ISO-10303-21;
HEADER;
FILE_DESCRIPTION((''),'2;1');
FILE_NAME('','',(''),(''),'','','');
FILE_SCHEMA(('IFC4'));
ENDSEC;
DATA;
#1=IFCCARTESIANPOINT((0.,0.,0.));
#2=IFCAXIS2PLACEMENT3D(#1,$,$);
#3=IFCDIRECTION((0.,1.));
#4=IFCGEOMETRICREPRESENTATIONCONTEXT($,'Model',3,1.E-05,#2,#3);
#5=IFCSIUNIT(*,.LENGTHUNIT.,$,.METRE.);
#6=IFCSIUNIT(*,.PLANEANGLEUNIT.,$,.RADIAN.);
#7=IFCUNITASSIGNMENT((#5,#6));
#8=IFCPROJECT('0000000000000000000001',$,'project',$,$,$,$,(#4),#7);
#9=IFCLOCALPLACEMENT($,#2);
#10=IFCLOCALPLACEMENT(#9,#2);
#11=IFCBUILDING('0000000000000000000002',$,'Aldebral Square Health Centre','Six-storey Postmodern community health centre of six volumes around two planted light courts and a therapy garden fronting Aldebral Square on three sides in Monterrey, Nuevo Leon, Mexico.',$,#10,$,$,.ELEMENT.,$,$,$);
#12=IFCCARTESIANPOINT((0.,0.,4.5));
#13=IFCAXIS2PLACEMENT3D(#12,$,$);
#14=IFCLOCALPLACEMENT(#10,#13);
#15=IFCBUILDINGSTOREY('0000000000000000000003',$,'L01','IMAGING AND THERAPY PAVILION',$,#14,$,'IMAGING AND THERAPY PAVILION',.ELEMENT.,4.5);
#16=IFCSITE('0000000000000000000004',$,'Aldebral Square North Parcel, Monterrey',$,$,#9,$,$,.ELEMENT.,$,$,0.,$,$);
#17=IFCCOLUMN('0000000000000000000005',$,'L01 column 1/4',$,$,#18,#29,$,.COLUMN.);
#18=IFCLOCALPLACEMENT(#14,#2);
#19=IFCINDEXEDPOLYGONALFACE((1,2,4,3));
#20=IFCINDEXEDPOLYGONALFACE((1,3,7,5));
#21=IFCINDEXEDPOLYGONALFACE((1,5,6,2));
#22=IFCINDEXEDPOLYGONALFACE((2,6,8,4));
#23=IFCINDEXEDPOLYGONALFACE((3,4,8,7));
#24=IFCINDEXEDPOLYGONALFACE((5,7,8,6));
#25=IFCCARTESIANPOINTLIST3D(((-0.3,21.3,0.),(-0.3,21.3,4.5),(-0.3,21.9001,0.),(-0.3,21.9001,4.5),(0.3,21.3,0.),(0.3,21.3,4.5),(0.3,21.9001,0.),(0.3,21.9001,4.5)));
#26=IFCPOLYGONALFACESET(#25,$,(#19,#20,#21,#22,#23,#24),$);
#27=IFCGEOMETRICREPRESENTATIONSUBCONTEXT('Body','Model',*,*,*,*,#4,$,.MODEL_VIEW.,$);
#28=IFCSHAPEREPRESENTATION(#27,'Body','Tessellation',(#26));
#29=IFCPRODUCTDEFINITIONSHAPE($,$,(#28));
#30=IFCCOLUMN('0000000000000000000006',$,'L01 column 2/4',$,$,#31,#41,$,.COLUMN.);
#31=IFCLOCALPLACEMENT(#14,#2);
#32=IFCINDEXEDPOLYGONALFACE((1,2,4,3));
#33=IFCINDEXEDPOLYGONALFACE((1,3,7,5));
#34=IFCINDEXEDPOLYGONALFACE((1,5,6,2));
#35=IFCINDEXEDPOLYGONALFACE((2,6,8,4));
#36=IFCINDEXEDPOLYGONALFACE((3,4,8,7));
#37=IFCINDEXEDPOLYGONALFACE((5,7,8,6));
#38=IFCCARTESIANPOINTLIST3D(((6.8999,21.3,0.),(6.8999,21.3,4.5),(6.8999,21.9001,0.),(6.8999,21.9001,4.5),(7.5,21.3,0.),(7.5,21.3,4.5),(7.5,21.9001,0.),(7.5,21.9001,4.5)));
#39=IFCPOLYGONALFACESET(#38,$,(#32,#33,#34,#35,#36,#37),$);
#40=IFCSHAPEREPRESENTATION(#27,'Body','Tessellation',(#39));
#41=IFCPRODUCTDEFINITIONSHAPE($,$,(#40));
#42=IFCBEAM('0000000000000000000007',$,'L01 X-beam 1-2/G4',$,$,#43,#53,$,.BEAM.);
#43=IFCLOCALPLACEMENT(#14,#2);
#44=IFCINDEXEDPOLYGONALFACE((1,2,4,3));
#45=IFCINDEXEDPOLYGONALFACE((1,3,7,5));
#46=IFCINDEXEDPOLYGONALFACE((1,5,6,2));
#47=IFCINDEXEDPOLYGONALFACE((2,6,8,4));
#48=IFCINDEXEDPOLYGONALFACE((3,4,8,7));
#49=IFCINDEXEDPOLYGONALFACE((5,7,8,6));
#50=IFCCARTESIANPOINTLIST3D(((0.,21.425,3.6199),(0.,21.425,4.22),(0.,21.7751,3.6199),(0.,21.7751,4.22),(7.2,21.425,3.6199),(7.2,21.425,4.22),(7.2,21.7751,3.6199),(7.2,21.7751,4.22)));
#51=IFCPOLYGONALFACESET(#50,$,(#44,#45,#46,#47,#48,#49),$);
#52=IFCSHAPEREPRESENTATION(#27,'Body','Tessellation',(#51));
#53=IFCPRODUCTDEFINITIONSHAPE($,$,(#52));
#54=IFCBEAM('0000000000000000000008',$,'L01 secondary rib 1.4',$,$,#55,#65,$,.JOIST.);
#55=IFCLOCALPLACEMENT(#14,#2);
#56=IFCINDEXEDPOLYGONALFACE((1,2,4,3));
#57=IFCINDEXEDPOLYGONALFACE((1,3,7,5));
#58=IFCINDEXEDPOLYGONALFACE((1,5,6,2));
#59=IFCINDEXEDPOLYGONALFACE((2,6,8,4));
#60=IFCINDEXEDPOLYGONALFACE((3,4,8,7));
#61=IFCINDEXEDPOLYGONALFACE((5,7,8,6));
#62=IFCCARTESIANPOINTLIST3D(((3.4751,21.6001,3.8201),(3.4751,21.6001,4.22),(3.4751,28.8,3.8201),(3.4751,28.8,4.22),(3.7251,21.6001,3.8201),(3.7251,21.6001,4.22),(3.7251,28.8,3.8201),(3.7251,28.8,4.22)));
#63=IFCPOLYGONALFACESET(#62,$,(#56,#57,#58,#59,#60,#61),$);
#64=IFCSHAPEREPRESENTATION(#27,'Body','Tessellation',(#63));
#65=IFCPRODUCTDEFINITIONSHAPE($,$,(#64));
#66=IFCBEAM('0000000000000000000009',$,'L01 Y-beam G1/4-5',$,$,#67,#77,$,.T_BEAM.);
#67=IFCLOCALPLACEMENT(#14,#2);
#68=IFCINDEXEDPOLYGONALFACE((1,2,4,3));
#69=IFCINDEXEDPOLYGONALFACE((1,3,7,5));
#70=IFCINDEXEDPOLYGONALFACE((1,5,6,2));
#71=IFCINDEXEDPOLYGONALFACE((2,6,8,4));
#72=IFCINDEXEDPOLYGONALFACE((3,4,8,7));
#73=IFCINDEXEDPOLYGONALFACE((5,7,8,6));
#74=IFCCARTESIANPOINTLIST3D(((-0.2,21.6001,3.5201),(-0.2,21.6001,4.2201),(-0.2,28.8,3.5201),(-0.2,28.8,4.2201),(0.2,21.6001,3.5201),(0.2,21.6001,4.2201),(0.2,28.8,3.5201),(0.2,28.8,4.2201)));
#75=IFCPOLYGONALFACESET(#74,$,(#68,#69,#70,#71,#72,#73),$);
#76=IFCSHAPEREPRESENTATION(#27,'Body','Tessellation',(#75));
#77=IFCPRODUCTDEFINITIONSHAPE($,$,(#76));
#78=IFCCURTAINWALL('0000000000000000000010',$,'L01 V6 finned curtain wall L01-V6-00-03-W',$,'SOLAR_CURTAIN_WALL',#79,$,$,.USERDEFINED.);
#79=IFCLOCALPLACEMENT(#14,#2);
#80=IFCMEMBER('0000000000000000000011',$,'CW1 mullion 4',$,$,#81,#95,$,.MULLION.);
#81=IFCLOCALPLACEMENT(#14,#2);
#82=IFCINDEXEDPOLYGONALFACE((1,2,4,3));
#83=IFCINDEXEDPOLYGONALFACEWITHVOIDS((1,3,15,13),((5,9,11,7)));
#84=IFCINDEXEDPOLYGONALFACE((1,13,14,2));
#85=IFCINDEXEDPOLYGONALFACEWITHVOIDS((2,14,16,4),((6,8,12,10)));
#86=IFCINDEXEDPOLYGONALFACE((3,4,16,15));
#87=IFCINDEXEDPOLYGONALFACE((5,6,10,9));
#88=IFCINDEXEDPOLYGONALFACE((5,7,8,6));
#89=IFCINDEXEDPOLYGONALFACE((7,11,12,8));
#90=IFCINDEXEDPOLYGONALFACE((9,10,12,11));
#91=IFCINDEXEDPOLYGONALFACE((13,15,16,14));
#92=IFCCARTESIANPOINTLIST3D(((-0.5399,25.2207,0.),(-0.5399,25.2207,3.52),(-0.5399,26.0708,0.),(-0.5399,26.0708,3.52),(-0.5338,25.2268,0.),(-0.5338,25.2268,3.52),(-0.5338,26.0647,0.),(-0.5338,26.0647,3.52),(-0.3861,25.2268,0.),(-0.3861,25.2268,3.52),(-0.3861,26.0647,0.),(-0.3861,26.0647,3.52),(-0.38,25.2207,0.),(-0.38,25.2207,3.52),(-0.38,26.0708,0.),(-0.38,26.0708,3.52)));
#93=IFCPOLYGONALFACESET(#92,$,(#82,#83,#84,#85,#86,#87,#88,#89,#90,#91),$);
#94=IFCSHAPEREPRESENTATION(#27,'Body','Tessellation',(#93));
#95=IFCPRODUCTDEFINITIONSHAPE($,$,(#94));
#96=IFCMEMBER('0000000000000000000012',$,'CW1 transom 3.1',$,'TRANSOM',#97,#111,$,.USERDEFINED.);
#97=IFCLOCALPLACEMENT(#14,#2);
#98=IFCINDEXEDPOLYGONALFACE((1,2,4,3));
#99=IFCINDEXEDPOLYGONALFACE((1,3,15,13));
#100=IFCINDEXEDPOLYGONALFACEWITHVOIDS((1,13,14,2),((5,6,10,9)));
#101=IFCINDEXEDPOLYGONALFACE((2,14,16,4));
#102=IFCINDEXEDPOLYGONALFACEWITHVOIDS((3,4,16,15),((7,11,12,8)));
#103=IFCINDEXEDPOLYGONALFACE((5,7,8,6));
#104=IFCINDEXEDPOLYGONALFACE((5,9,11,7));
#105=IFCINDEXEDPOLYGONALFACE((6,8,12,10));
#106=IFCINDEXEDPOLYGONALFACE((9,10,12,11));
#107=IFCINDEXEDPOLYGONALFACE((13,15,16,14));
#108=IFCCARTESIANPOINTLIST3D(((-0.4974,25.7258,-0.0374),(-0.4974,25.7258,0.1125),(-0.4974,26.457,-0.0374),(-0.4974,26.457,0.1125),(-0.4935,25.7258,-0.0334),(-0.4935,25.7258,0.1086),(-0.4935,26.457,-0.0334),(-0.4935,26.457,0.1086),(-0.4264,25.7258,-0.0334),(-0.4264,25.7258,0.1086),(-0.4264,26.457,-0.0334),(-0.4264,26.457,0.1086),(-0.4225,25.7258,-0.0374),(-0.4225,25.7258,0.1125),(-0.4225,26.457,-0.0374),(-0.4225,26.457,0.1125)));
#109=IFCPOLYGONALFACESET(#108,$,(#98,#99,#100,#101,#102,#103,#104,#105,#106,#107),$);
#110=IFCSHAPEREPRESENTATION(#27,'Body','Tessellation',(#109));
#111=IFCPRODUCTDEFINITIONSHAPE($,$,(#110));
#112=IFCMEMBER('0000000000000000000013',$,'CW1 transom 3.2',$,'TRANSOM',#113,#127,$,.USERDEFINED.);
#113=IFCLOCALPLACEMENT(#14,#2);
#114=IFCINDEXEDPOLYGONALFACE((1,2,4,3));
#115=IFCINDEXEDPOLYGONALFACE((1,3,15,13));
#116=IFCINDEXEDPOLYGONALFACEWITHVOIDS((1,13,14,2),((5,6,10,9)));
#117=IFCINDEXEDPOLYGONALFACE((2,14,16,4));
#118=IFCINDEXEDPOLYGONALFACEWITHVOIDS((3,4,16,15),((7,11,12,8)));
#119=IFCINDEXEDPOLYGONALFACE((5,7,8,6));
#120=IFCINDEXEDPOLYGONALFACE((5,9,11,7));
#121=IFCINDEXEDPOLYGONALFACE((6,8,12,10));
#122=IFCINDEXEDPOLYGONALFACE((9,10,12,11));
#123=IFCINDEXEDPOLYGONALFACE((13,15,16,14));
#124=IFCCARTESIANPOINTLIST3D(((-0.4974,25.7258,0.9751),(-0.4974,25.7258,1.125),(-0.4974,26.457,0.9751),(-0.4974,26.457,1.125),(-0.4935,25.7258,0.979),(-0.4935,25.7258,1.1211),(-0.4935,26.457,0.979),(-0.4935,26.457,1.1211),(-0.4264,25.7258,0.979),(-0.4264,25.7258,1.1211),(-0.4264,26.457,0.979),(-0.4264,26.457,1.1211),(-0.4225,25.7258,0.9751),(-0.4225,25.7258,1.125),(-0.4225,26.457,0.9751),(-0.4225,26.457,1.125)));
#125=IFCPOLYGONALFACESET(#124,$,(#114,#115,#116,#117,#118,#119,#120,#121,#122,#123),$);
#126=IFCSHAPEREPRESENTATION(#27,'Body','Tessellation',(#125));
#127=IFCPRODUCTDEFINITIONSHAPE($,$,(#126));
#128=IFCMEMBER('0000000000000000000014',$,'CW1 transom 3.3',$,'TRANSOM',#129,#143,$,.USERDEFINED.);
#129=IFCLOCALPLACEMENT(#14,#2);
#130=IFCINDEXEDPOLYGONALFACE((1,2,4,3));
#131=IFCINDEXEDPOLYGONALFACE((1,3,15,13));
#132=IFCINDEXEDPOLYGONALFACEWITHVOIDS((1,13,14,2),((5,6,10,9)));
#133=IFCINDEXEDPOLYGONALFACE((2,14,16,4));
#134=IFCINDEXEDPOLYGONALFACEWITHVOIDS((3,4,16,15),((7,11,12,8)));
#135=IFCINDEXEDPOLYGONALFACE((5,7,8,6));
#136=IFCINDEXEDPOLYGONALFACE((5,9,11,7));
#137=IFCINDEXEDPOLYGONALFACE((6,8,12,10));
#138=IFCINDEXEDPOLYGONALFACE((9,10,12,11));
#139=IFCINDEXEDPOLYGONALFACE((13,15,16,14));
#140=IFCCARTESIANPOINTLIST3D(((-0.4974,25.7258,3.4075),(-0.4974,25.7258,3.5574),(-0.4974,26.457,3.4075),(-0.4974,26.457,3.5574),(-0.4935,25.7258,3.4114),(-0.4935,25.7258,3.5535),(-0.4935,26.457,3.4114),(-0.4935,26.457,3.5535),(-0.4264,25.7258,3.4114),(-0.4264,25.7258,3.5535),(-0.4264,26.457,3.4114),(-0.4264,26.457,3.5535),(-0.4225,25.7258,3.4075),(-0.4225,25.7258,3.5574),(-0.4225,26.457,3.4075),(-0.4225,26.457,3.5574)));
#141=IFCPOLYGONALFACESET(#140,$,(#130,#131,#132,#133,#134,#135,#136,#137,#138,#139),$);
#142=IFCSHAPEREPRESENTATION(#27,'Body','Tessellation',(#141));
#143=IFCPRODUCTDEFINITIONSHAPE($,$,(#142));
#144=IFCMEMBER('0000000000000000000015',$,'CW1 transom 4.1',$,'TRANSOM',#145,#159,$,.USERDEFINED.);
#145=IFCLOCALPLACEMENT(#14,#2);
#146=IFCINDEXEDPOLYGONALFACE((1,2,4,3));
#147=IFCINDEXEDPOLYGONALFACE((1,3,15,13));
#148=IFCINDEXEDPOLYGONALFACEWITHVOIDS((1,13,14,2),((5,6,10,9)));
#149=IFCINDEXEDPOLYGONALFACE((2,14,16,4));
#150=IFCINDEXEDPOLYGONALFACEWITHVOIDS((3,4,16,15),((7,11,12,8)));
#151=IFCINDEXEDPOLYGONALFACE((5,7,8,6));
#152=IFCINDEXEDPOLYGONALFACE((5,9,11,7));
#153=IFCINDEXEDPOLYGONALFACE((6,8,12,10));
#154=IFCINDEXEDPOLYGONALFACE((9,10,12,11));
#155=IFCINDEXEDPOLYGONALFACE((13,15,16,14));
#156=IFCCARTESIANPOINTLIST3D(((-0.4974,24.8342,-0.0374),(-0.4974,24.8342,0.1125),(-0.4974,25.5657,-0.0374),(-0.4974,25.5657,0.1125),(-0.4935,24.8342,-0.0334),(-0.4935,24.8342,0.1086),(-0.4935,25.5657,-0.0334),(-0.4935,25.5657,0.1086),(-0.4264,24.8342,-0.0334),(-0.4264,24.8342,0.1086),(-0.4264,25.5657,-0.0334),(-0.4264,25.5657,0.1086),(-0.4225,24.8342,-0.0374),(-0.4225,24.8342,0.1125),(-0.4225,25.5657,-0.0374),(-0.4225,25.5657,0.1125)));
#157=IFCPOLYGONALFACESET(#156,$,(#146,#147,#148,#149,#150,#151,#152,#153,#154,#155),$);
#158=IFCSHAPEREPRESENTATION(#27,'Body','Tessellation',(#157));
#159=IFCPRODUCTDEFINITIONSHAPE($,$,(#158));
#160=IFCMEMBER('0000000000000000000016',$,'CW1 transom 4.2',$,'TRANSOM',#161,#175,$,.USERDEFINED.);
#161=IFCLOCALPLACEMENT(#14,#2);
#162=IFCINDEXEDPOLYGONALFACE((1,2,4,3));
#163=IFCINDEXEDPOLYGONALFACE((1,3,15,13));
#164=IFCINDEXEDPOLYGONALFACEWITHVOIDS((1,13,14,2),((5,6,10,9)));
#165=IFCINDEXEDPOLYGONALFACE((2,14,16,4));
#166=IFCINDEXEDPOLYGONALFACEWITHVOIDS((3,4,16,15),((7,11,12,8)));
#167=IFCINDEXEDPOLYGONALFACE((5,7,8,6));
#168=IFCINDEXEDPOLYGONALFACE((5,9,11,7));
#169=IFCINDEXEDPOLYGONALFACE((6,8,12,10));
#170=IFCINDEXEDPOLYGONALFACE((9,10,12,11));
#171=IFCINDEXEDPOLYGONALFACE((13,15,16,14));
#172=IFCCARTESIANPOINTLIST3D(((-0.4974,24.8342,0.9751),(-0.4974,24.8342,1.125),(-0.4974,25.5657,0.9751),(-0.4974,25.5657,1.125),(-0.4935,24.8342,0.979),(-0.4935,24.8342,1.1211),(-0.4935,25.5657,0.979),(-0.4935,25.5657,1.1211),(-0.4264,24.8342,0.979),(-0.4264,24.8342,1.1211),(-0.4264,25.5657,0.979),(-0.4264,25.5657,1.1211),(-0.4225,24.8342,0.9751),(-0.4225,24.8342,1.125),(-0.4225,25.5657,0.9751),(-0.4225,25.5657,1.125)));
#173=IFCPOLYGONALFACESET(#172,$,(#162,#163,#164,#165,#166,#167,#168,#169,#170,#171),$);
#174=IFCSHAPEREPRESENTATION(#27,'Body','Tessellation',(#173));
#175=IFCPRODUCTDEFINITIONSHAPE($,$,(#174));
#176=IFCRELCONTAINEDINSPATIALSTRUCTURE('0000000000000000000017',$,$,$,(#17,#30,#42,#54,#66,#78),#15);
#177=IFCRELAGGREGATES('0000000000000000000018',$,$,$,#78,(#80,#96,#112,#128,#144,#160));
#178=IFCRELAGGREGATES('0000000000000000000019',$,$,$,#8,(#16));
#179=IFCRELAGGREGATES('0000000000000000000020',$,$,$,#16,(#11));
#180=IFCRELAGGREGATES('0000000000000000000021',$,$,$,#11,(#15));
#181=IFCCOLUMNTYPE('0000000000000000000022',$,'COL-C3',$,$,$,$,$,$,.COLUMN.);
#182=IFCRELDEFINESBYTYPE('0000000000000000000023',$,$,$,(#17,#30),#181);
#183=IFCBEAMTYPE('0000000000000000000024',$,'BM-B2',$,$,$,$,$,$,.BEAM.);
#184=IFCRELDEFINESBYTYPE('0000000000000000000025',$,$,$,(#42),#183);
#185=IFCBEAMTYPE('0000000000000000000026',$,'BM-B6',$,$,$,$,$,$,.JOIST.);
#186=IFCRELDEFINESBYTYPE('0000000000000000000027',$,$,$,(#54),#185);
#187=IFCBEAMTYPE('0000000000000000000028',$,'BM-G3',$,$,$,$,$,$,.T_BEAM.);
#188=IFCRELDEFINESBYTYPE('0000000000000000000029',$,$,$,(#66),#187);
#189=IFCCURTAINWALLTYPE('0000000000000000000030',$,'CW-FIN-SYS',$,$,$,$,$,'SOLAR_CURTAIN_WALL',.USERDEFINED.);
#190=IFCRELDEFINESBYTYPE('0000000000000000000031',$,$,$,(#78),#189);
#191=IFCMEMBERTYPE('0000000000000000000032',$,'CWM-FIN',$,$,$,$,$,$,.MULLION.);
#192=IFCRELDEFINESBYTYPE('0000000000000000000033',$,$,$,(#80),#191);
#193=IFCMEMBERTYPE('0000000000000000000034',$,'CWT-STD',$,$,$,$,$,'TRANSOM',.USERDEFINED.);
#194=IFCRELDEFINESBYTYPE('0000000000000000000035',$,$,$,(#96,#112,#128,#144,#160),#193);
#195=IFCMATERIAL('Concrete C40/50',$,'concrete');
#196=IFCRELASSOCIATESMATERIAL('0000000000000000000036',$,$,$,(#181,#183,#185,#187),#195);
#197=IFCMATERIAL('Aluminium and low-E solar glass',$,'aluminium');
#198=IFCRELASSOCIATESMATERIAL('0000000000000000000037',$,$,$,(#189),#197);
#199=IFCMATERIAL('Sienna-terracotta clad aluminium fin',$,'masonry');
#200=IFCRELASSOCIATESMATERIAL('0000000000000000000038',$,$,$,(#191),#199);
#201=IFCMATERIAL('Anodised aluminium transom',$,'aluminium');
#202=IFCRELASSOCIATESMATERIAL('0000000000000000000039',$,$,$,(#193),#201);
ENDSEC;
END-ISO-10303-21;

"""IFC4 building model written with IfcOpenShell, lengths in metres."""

from ifc_helpers import new_model, si_unit, direction, frame, origin, origin_2d, place, context, subcontext, project, spatial, rectangle, hollow_rectangle, extrude, material, material_profile, profile_set, type_object, element, aggregate, save


model = new_model("IFC4")

# Units and contexts
model_context = context("Model", 3, precision=1e-05, world=origin(), true_north=direction((0.0, 1.0)))
body_context = subcontext(model_context, "Body", "Model", "MODEL_VIEW")
ifc_project = project(units=[si_unit("LENGTHUNIT", "METRE"), si_unit("PLANEANGLEUNIT", "RADIAN")], contexts=[model_context])

# Site, building, storey
site_placement = place(None, origin())
site = spatial("IfcSite", under=ifc_project, at=site_placement, Name="Aldebral Square North Parcel, Monterrey", CompositionType="ELEMENT", RefElevation=0.0)
building_placement = place(site_placement, origin())
building = spatial("IfcBuilding", under=site, at=building_placement, Name="Aldebral Square Health Centre", Description="Six-storey Postmodern community health centre of six volumes around two planted light courts and a therapy garden fronting Aldebral Square on three sides in Monterrey, Nuevo Leon, Mexico.", CompositionType="ELEMENT")
storey_placement = place(building_placement, frame((0.0, 0.0, 4.5)))
storey = spatial("IfcBuildingStorey", under=building, at=storey_placement, Name="L01", Description="IMAGING AND THERAPY PAVILION", LongName="IMAGING AND THERAPY PAVILION", CompositionType="ELEMENT", Elevation=4.5)

# Columns
ifc_material_1 = material(Name="Concrete C40/50", Category="concrete")
ifc_material_profile_1 = material_profile(ifc_material_1, rectangle(XDim=0.6001, YDim=0.6001, at=origin_2d()), Name="RC 600x600")
ifc_profile_set_1 = profile_set([ifc_material_profile_1], Name="Concrete C40/50")
column_type = type_object("IfcColumnType", Name="COL-C3", PredefinedType="COLUMN", material=ifc_profile_set_1)
for number, where, z_axis, x_axis, name in (
    (1, (0.0, 21.6001, 0.0), (0.0, 0.0, 1.0), (1.0, 0.0, 0.0), "L01 column 1/4"),
    (2, (7.2, 21.6001, 0.0), (0.0, 0.0, 1.0), (1.0, 0.0, 0.0), "L01 column 2/4"),
):
    element("IfcColumn", number, at=place(storey_placement, frame(where, z_axis=z_axis, x_axis=x_axis)), inside=storey, type_object=column_type, Name=name, PredefinedType="COLUMN", context=body_context, shape_type="SweptSolid", body=[
        extrude(rectangle(XDim=0.6001, YDim=0.6001, at=origin_2d()), origin(), (0.0, 0.0, 1.0), 4.5),
    ])

# Beams
ifc_material_profile_2 = material_profile(ifc_material_1, rectangle(XDim=0.3501, YDim=0.6001, at=origin_2d()), Name="RC 350x600")
ifc_profile_set_2 = profile_set([ifc_material_profile_2], Name="Concrete C40/50")
beam_type_1 = type_object("IfcBeamType", Name="BM-B2", PredefinedType="BEAM", material=ifc_profile_set_2)
beam_1_placement = place(storey_placement, frame((0.0, 21.6001, 3.9199), z_axis=(1.0, 0.0, 0.0), x_axis=(0.0, 1.0, 0.0)))
element("IfcBeam", 3, at=beam_1_placement, inside=storey, type_object=beam_type_1, Name="L01 X-beam 1-2/G4", PredefinedType="BEAM", context=body_context, shape_type="SweptSolid", body=[
    extrude(rectangle(XDim=0.3501, YDim=0.6001, at=origin_2d()), origin(), (0.0, 0.0, 1.0), 7.2),
])
ifc_material_profile_3 = material_profile(ifc_material_1, rectangle(XDim=0.25, YDim=0.3999, at=origin_2d()), Name="RC 250x400")
ifc_profile_set_3 = profile_set([ifc_material_profile_3], Name="Concrete C40/50")
beam_type_2 = type_object("IfcBeamType", Name="BM-B6", PredefinedType="JOIST", material=ifc_profile_set_3)
beam_2_placement = place(storey_placement, frame((3.6001, 21.6001, 4.02), z_axis=(0.0, 1.0, 0.0), x_axis=(-1.0, 0.0, 0.0)))
element("IfcBeam", 4, at=beam_2_placement, inside=storey, type_object=beam_type_2, Name="L01 secondary rib 1.4", PredefinedType="JOIST", context=body_context, shape_type="SweptSolid", body=[
    extrude(rectangle(XDim=0.25, YDim=0.3999, at=origin_2d()), origin(), (0.0, 0.0, 1.0), 7.2),
])
ifc_material_profile_4 = material_profile(ifc_material_1, rectangle(XDim=0.3999, YDim=0.7, at=origin_2d()), Name="RC 400x700")
ifc_profile_set_4 = profile_set([ifc_material_profile_4], Name="Concrete C40/50")
beam_type_3 = type_object("IfcBeamType", Name="BM-G3", PredefinedType="T_BEAM", material=ifc_profile_set_4)
beam_3_placement = place(storey_placement, frame((0.0, 21.6001, 3.8701), z_axis=(0.0, 1.0, 0.0), x_axis=(-1.0, 0.0, 0.0)))
element("IfcBeam", 5, at=beam_3_placement, inside=storey, type_object=beam_type_3, Name="L01 Y-beam G1/4-5", PredefinedType="T_BEAM", context=body_context, shape_type="SweptSolid", body=[
    extrude(rectangle(XDim=0.3999, YDim=0.7, at=origin_2d()), origin(), (0.0, 0.0, 1.0), 7.2),
])

# Curtain wall, members
ifc_material_2 = material(Name="Aluminium and low-E solar glass", Category="aluminium")
curtain_wall_type = type_object("IfcCurtainWallType", Name="CW-FIN-SYS", ElementType="SOLAR_CURTAIN_WALL", PredefinedType="USERDEFINED", material=ifc_material_2)
curtain_wall_placement = place(storey_placement, origin())
curtain_wall = element("IfcCurtainWall", 6, at=curtain_wall_placement, inside=storey, type_object=curtain_wall_type, Name="L01 V6 finned curtain wall L01-V6-00-03-W", ObjectType="SOLAR_CURTAIN_WALL", PredefinedType="USERDEFINED")
ifc_material_3 = material(Name="Sienna-terracotta clad aluminium fin", Category="masonry")
ifc_material_profile_5 = material_profile(ifc_material_3, hollow_rectangle(XDim=0.1599, YDim=0.8501, WallThickness=0.0061, at=origin_2d()), Name="FIN 160x850x6")
ifc_profile_set_5 = profile_set([ifc_material_profile_5], Name="Sienna-terracotta clad aluminium fin")
member_type_1 = type_object("IfcMemberType", Name="CWM-FIN", PredefinedType="MULLION", material=ifc_profile_set_5)
member_1_placement = place(storey_placement, frame((-0.46, 25.6458, 0.0), z_axis=(0.0, 0.0, 1.0), x_axis=(1.0, 0.0, 0.0)))
member_1 = element("IfcMember", 7, at=member_1_placement, type_object=member_type_1, Name="CW1 mullion 4", PredefinedType="MULLION", context=body_context, shape_type="SweptSolid", body=[
    extrude(hollow_rectangle(XDim=0.1599, YDim=0.8501, WallThickness=0.0061, at=origin_2d()), origin(), (0.0, 0.0, 1.0), 3.52),
])
ifc_material_4 = material(Name="Anodised aluminium transom", Category="aluminium")
ifc_material_profile_6 = material_profile(ifc_material_4, hollow_rectangle(XDim=0.075, YDim=0.1499, WallThickness=0.0039, at=origin_2d()), Name="CWT 75x150x4")
ifc_profile_set_6 = profile_set([ifc_material_profile_6], Name="Anodised aluminium transom")
member_type_2 = type_object("IfcMemberType", Name="CWT-STD", ElementType="TRANSOM", PredefinedType="USERDEFINED", material=ifc_profile_set_6)
member_2_placement = place(storey_placement, frame((-0.46, 26.457, 0.0376), z_axis=(0.0, -1.0, 0.0), x_axis=(1.0, 0.0, 0.0)))
member_2 = element("IfcMember", 8, at=member_2_placement, type_object=member_type_2, Name="CW1 transom 3.1", ObjectType="TRANSOM", PredefinedType="USERDEFINED", context=body_context, shape_type="SweptSolid", body=[
    extrude(hollow_rectangle(XDim=0.075, YDim=0.1499, WallThickness=0.0039, at=origin_2d()), origin(), (0.0, 0.0, 1.0), 0.7312),
])
member_3_placement = place(storey_placement, frame((-0.46, 26.457, 1.05), z_axis=(0.0, -1.0, 0.0), x_axis=(1.0, 0.0, 0.0)))
member_3 = element("IfcMember", 9, at=member_3_placement, type_object=member_type_2, Name="CW1 transom 3.2", ObjectType="TRANSOM", PredefinedType="USERDEFINED", context=body_context, shape_type="SweptSolid", body=[
    extrude(hollow_rectangle(XDim=0.075, YDim=0.1499, WallThickness=0.0039, at=origin_2d()), origin(), (0.0, 0.0, 1.0), 0.7312),
])
member_4_placement = place(storey_placement, frame((-0.46, 26.457, 3.4824), z_axis=(0.0, -1.0, 0.0), x_axis=(1.0, 0.0, 0.0)))
member_4 = element("IfcMember", 10, at=member_4_placement, type_object=member_type_2, Name="CW1 transom 3.3", ObjectType="TRANSOM", PredefinedType="USERDEFINED", context=body_context, shape_type="SweptSolid", body=[
    extrude(hollow_rectangle(XDim=0.075, YDim=0.1499, WallThickness=0.0039, at=origin_2d()), origin(), (0.0, 0.0, 1.0), 0.7312),
])
member_5_placement = place(storey_placement, frame((-0.46, 25.5657, 0.0376), z_axis=(0.0, -1.0, 0.0), x_axis=(1.0, 0.0, 0.0)))
member_5 = element("IfcMember", 11, at=member_5_placement, type_object=member_type_2, Name="CW1 transom 4.1", ObjectType="TRANSOM", PredefinedType="USERDEFINED", context=body_context, shape_type="SweptSolid", body=[
    extrude(hollow_rectangle(XDim=0.075, YDim=0.1499, WallThickness=0.0039, at=origin_2d()), origin(), (0.0, 0.0, 1.0), 0.7314),
])
member_6_placement = place(storey_placement, frame((-0.46, 25.5657, 1.05), z_axis=(0.0, -1.0, 0.0), x_axis=(1.0, 0.0, 0.0)))
member_6 = element("IfcMember", 12, at=member_6_placement, type_object=member_type_2, Name="CW1 transom 4.2", ObjectType="TRANSOM", PredefinedType="USERDEFINED", context=body_context, shape_type="SweptSolid", body=[
    extrude(hollow_rectangle(XDim=0.075, YDim=0.1499, WallThickness=0.0039, at=origin_2d()), origin(), (0.0, 0.0, 1.0), 0.7314),
])
aggregate(curtain_wall, [member_1, member_2, member_3, member_4, member_5, member_6])

save(model, "model.ifc")
